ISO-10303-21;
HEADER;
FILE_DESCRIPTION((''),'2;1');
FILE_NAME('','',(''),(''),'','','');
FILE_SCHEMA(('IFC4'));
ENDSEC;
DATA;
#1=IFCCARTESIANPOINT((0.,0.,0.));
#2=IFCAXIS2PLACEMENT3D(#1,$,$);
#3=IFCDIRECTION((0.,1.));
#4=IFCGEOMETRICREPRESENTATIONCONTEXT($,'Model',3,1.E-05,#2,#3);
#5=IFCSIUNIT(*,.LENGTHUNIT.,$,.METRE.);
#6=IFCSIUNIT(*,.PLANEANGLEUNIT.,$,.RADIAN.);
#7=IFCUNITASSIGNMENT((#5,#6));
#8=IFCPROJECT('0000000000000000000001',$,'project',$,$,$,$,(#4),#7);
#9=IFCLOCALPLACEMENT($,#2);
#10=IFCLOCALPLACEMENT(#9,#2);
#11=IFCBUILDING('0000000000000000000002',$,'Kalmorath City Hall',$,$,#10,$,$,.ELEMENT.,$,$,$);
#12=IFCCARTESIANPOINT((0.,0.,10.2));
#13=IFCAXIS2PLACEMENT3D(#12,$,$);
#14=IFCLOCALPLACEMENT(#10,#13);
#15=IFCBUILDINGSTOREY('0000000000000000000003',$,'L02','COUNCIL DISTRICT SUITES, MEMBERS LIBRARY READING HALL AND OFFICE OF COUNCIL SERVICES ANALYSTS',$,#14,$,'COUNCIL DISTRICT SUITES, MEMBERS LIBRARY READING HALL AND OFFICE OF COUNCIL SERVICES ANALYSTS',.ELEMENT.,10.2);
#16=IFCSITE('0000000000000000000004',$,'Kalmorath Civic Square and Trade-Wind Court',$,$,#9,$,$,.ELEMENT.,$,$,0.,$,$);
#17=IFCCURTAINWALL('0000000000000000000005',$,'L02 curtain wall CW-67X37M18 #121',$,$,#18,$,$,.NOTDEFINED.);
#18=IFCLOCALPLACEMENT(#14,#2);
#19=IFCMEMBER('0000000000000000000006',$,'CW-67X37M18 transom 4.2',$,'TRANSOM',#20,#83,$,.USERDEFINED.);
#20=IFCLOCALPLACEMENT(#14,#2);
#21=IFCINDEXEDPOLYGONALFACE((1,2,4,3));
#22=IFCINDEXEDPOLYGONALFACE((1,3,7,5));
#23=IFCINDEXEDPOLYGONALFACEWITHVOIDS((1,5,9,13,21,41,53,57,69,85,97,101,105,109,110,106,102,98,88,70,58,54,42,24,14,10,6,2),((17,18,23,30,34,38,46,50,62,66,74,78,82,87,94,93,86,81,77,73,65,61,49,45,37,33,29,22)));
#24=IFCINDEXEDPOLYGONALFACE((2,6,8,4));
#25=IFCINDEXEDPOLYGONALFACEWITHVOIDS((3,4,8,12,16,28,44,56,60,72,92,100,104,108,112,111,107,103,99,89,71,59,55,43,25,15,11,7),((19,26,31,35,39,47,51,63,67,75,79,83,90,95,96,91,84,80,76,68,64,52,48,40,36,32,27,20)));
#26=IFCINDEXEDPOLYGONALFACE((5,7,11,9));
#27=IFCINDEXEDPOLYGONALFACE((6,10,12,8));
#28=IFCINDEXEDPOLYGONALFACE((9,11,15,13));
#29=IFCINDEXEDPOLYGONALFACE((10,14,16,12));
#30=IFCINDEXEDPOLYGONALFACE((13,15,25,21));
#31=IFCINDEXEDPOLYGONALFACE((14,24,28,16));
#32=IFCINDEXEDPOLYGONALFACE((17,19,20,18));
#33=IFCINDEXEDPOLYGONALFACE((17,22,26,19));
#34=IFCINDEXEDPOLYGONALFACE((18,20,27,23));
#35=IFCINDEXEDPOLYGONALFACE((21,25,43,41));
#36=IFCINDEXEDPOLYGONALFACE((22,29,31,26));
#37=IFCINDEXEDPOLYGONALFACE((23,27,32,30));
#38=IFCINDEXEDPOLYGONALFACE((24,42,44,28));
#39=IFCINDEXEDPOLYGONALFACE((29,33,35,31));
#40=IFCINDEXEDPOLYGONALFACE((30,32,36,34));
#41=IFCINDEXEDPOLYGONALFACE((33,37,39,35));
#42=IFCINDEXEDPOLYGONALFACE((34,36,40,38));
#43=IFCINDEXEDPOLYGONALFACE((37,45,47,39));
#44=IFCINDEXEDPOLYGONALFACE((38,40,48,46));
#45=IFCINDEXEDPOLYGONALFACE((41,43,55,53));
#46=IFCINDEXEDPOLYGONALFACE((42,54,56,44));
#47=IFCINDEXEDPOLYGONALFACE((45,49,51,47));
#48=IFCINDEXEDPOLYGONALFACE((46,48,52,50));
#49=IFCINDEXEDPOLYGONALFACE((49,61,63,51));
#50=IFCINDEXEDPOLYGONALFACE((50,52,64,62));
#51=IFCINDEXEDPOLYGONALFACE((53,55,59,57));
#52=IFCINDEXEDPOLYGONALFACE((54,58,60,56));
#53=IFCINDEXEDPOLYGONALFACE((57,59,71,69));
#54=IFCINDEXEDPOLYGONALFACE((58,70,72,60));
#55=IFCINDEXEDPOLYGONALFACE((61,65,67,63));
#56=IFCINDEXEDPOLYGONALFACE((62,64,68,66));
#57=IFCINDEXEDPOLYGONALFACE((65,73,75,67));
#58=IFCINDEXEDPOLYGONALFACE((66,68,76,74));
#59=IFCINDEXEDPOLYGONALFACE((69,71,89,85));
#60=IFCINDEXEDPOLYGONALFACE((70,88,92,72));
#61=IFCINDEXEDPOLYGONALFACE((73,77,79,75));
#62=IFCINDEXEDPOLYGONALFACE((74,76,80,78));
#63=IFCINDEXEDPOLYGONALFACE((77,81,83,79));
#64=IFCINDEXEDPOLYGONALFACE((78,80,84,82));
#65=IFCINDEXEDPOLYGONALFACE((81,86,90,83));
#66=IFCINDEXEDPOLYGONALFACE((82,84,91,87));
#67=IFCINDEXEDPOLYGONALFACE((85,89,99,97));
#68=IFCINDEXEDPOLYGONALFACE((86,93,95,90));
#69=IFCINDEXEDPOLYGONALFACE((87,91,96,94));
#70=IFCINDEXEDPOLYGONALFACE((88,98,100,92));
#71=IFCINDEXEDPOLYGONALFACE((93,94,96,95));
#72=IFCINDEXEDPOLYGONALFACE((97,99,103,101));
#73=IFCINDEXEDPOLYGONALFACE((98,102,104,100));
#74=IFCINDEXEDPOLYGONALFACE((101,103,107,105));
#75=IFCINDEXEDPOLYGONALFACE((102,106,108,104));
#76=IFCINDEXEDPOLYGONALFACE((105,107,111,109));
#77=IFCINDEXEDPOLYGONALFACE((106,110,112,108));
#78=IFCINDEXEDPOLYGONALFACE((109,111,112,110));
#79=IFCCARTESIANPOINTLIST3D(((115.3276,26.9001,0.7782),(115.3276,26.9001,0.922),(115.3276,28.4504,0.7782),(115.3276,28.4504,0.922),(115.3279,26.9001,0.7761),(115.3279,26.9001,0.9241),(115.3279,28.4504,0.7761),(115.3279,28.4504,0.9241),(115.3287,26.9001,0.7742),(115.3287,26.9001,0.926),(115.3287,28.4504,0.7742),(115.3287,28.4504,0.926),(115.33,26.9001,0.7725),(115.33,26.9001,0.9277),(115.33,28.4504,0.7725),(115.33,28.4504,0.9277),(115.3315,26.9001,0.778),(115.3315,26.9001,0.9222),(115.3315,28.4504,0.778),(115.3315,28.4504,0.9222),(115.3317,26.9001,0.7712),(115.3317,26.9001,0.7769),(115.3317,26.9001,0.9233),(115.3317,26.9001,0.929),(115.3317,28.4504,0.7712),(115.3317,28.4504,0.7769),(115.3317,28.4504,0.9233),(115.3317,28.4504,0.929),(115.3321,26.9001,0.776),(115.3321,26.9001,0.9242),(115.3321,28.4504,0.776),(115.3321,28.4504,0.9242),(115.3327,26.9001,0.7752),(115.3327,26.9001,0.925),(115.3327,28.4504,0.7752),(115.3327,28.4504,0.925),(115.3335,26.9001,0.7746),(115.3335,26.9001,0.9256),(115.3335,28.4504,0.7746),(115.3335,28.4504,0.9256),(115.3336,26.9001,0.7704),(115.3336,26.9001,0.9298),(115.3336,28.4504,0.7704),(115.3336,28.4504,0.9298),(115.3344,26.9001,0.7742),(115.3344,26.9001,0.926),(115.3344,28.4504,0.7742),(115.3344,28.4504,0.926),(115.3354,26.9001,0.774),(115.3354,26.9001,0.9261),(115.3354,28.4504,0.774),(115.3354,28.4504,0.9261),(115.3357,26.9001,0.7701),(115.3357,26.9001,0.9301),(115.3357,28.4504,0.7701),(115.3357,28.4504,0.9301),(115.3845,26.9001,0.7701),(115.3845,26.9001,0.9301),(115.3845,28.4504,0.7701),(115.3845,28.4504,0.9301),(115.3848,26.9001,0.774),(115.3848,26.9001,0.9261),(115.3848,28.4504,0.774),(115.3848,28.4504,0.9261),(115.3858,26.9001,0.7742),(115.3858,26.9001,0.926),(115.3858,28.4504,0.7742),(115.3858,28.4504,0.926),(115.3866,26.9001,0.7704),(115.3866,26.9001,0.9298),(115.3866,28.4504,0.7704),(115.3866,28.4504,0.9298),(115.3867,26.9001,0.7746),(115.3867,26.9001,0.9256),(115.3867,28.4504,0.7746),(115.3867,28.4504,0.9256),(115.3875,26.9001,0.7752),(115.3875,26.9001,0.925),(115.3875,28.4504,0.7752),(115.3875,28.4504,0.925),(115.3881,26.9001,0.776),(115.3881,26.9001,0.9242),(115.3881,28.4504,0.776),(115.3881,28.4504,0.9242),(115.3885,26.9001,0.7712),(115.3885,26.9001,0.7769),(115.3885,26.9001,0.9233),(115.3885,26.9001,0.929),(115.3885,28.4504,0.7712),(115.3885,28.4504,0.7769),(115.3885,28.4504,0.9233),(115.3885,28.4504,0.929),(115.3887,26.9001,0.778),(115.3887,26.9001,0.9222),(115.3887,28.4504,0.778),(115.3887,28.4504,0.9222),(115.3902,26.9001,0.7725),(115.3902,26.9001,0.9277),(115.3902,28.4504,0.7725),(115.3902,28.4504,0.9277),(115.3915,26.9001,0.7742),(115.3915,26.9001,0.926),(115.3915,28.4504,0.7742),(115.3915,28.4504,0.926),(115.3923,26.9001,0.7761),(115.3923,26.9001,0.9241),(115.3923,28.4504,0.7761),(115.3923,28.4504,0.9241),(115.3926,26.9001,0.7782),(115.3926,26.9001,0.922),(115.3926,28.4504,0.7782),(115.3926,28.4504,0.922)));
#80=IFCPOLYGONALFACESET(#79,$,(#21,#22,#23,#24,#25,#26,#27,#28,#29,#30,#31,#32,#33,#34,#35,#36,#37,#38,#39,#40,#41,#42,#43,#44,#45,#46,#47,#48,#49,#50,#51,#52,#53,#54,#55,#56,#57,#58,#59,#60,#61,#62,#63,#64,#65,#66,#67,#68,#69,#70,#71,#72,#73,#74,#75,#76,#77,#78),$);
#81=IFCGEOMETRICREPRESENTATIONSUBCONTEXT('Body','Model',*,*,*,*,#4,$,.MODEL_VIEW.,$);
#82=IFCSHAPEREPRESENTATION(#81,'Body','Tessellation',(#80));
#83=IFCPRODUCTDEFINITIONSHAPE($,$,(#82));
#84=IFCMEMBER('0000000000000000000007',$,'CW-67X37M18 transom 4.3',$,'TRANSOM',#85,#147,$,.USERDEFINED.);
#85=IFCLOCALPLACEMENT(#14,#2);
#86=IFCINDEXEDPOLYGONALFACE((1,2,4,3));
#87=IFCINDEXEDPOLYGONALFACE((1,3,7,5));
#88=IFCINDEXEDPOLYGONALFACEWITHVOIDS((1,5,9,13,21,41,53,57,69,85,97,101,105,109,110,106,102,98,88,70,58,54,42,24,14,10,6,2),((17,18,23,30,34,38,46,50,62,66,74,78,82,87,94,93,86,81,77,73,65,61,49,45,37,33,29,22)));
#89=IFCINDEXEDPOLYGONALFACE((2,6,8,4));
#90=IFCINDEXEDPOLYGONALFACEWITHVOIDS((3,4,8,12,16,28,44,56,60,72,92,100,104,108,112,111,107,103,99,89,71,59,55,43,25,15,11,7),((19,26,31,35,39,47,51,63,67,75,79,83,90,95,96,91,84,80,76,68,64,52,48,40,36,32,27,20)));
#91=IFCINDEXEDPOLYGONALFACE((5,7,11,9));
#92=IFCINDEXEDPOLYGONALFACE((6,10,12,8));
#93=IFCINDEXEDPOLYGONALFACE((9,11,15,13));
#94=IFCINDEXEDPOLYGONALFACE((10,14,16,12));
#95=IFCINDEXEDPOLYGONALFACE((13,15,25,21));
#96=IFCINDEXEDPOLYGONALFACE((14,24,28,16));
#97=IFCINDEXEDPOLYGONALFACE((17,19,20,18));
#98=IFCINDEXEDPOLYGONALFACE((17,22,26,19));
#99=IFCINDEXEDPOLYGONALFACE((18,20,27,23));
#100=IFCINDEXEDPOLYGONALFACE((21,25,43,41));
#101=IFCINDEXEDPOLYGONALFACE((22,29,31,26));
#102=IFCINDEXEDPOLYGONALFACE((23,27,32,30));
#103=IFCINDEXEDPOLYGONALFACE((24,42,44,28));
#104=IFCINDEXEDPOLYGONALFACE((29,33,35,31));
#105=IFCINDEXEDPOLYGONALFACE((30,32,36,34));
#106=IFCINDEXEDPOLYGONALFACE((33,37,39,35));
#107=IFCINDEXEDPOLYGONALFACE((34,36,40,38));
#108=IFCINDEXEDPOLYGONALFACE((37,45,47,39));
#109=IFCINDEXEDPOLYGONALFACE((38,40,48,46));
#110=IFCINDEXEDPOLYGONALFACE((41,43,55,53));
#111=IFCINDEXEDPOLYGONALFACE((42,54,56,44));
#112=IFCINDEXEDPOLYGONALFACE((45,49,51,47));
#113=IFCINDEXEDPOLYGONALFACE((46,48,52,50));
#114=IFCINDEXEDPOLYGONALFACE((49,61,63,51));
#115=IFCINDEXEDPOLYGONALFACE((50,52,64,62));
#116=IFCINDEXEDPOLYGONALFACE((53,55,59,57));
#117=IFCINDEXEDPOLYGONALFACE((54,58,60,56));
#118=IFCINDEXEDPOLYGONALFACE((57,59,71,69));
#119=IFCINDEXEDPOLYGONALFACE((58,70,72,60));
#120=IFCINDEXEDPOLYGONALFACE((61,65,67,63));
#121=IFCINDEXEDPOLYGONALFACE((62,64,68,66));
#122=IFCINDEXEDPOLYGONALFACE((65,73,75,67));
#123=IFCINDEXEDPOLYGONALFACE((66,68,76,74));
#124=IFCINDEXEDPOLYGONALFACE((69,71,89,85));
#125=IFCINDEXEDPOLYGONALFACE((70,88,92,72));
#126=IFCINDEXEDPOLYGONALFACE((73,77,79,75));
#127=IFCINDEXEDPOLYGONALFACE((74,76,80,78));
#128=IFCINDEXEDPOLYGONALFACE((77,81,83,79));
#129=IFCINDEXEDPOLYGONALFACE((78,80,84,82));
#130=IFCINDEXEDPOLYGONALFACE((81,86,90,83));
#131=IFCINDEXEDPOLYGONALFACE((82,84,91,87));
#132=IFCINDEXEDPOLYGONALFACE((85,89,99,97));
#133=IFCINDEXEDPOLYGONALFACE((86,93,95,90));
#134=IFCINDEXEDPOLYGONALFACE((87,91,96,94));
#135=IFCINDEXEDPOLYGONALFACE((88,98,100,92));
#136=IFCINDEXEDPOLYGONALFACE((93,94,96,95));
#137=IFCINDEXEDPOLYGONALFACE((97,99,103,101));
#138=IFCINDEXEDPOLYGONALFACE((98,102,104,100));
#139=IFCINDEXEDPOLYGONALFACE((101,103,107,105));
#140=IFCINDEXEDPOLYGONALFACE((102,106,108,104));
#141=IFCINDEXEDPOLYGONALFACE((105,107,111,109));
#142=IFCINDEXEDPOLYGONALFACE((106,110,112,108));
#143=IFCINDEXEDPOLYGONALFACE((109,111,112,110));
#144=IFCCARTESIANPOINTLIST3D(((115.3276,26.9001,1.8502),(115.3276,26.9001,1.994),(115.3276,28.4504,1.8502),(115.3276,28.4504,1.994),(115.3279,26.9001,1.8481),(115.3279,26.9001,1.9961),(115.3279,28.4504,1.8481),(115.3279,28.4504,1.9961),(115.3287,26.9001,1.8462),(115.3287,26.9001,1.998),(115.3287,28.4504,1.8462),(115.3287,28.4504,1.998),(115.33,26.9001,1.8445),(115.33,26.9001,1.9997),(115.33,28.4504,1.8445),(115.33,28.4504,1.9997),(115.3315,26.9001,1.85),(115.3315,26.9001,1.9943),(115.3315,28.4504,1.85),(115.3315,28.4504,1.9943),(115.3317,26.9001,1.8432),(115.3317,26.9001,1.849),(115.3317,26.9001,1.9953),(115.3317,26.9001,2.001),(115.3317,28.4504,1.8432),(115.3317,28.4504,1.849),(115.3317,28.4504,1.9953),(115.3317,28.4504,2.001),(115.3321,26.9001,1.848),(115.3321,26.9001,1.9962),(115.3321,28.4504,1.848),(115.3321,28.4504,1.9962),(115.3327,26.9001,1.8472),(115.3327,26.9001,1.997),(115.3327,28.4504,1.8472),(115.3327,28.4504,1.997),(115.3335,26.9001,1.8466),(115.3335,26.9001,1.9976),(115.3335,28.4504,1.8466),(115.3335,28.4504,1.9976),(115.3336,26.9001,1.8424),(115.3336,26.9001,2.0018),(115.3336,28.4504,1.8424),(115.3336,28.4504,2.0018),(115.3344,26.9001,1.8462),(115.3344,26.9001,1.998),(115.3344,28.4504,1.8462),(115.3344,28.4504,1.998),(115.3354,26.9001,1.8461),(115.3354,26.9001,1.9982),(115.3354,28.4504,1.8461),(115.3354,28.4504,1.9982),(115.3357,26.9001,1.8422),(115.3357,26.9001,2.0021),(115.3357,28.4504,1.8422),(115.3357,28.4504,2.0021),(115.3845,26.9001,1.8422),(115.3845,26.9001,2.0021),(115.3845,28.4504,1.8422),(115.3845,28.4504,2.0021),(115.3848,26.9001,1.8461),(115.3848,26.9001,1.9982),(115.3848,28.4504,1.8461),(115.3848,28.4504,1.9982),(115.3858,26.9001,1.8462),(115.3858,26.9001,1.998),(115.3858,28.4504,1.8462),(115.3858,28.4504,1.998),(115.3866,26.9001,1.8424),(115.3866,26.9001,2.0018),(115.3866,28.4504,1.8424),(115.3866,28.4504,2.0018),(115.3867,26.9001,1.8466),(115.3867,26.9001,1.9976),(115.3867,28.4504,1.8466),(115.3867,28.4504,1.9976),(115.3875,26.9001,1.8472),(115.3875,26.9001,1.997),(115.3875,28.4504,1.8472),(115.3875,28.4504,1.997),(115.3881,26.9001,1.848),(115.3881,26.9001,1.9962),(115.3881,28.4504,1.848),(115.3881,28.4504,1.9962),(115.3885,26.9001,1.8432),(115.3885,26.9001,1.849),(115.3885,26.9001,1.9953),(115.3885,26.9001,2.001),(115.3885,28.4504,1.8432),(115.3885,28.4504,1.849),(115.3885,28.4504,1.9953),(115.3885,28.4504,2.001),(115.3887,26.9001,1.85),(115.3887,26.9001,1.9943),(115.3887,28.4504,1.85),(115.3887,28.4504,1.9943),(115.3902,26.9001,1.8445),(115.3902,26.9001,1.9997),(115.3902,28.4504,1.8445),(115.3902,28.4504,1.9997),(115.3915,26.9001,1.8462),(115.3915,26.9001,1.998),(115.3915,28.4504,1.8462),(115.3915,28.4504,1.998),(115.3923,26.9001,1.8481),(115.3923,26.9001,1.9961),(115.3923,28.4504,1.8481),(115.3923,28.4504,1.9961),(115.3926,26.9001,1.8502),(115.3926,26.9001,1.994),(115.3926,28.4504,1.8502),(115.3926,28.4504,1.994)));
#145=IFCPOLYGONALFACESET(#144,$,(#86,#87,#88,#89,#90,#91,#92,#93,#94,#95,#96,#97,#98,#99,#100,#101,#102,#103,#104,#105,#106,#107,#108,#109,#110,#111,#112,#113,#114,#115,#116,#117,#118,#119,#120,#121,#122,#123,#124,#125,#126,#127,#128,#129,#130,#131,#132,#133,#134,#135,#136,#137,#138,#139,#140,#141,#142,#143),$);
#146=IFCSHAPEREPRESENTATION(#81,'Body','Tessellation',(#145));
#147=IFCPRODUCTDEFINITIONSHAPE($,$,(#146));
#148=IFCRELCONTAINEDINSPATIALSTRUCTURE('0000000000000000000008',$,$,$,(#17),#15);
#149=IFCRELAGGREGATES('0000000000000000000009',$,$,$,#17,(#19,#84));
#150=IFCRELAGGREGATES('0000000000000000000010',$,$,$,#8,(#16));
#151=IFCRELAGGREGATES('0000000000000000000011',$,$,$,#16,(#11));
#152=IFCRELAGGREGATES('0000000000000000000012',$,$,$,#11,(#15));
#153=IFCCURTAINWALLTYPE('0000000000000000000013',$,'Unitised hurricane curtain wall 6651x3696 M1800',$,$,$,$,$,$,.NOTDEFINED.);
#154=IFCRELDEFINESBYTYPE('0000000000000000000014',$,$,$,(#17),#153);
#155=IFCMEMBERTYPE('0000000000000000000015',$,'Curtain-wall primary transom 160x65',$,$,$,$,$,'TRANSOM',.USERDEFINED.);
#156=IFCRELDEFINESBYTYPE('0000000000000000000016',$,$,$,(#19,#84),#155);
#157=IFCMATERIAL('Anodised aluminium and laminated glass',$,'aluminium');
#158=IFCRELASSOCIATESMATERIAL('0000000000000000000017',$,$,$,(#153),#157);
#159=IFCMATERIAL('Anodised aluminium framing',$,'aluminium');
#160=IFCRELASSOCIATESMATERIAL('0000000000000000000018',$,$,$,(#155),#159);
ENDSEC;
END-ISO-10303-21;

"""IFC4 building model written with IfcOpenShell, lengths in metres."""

from ifc_helpers import new_model, si_unit, direction, frame, origin, origin_2d, place, context, subcontext, project, spatial, hollow_rectangle, extrude, material, material_profile, profile_set, type_object, element, aggregate, save


model = new_model("IFC4")

# Units and contexts
model_context = context("Model", 3, precision=1e-05, world=origin(), true_north=direction((0.0, 1.0)))
body_context = subcontext(model_context, "Body", "Model", "MODEL_VIEW")
ifc_project = project(units=[si_unit("LENGTHUNIT", "METRE"), si_unit("PLANEANGLEUNIT", "RADIAN")], contexts=[model_context])

# Site, building, storey
site_placement = place(None, origin())
site = spatial("IfcSite", under=ifc_project, at=site_placement, Name="Kalmorath Civic Square and Trade-Wind Court", CompositionType="ELEMENT", RefElevation=0.0)
building_placement = place(site_placement, origin())
building = spatial("IfcBuilding", under=site, at=building_placement, Name="Kalmorath City Hall", CompositionType="ELEMENT")
storey_placement = place(building_placement, frame((0.0, 0.0, 10.2)))
storey = spatial("IfcBuildingStorey", under=building, at=storey_placement, Name="L02", Description="COUNCIL DISTRICT SUITES, MEMBERS LIBRARY READING HALL AND OFFICE OF COUNCIL SERVICES ANALYSTS", LongName="COUNCIL DISTRICT SUITES, MEMBERS LIBRARY READING HALL AND OFFICE OF COUNCIL SERVICES ANALYSTS", CompositionType="ELEMENT", Elevation=10.2)

# Curtain wall
ifc_material_1 = material(Name="Anodised aluminium and laminated glass", Category="aluminium")
curtain_wall_type_1 = type_object("IfcCurtainWallType", Name="Unitised hurricane curtain wall 6651x3696 M1800", PredefinedType="NOTDEFINED", material=ifc_material_1)
curtain_wall_1_placement = place(storey_placement, origin())
curtain_wall_1 = element("IfcCurtainWall", 1, at=curtain_wall_1_placement, inside=storey, type_object=curtain_wall_type_1, Name="L02 curtain wall CW-67X37M18 #121", PredefinedType="NOTDEFINED")

# Members
ifc_material_2 = material(Name="Anodised aluminium framing", Category="aluminium")
ifc_material_profile_1 = material_profile(ifc_material_2, hollow_rectangle(XDim=0.0649, YDim=0.1599, WallThickness=0.0039, InnerFilletRadius=0.0039, OuterFilletRadius=0.0081, at=origin_2d()), Name="ALU-TRN-160X65X4")
ifc_profile_set_1 = profile_set([ifc_material_profile_1], Name="Anodised aluminium framing")
member_type_1 = type_object("IfcMemberType", Name="Curtain-wall primary transom 160x65", ElementType="TRANSOM", PredefinedType="USERDEFINED", material=ifc_profile_set_1)
member_1_placement = place(storey_placement, frame((115.3601, 26.9001, 0.8501), z_axis=(0.0, 1.0, 0.0), x_axis=(-1.0, 0.0, 0.0)))
member_1 = element("IfcMember", 2, at=member_1_placement, type_object=member_type_1, Name="CW-67X37M18 transom 4.2", ObjectType="TRANSOM", PredefinedType="USERDEFINED", context=body_context, shape_type="SweptSolid", body=[
    extrude(hollow_rectangle(XDim=0.0649, YDim=0.1599, WallThickness=0.0039, InnerFilletRadius=0.0039, OuterFilletRadius=0.0081, at=origin_2d()), origin(), (0.0, 0.0, 1.0), 1.5503),
])
member_2_placement = place(storey_placement, frame((115.3601, 26.9001, 1.9221), z_axis=(0.0, 1.0, 0.0), x_axis=(-1.0, 0.0, 0.0)))
member_2 = element("IfcMember", 3, at=member_2_placement, type_object=member_type_1, Name="CW-67X37M18 transom 4.3", ObjectType="TRANSOM", PredefinedType="USERDEFINED", context=body_context, shape_type="SweptSolid", body=[
    extrude(hollow_rectangle(XDim=0.0649, YDim=0.1599, WallThickness=0.0039, InnerFilletRadius=0.0039, OuterFilletRadius=0.0081, at=origin_2d()), origin(), (0.0, 0.0, 1.0), 1.5503),
])

aggregate(curtain_wall_1, [member_1, member_2])

save(model, "model.ifc")
